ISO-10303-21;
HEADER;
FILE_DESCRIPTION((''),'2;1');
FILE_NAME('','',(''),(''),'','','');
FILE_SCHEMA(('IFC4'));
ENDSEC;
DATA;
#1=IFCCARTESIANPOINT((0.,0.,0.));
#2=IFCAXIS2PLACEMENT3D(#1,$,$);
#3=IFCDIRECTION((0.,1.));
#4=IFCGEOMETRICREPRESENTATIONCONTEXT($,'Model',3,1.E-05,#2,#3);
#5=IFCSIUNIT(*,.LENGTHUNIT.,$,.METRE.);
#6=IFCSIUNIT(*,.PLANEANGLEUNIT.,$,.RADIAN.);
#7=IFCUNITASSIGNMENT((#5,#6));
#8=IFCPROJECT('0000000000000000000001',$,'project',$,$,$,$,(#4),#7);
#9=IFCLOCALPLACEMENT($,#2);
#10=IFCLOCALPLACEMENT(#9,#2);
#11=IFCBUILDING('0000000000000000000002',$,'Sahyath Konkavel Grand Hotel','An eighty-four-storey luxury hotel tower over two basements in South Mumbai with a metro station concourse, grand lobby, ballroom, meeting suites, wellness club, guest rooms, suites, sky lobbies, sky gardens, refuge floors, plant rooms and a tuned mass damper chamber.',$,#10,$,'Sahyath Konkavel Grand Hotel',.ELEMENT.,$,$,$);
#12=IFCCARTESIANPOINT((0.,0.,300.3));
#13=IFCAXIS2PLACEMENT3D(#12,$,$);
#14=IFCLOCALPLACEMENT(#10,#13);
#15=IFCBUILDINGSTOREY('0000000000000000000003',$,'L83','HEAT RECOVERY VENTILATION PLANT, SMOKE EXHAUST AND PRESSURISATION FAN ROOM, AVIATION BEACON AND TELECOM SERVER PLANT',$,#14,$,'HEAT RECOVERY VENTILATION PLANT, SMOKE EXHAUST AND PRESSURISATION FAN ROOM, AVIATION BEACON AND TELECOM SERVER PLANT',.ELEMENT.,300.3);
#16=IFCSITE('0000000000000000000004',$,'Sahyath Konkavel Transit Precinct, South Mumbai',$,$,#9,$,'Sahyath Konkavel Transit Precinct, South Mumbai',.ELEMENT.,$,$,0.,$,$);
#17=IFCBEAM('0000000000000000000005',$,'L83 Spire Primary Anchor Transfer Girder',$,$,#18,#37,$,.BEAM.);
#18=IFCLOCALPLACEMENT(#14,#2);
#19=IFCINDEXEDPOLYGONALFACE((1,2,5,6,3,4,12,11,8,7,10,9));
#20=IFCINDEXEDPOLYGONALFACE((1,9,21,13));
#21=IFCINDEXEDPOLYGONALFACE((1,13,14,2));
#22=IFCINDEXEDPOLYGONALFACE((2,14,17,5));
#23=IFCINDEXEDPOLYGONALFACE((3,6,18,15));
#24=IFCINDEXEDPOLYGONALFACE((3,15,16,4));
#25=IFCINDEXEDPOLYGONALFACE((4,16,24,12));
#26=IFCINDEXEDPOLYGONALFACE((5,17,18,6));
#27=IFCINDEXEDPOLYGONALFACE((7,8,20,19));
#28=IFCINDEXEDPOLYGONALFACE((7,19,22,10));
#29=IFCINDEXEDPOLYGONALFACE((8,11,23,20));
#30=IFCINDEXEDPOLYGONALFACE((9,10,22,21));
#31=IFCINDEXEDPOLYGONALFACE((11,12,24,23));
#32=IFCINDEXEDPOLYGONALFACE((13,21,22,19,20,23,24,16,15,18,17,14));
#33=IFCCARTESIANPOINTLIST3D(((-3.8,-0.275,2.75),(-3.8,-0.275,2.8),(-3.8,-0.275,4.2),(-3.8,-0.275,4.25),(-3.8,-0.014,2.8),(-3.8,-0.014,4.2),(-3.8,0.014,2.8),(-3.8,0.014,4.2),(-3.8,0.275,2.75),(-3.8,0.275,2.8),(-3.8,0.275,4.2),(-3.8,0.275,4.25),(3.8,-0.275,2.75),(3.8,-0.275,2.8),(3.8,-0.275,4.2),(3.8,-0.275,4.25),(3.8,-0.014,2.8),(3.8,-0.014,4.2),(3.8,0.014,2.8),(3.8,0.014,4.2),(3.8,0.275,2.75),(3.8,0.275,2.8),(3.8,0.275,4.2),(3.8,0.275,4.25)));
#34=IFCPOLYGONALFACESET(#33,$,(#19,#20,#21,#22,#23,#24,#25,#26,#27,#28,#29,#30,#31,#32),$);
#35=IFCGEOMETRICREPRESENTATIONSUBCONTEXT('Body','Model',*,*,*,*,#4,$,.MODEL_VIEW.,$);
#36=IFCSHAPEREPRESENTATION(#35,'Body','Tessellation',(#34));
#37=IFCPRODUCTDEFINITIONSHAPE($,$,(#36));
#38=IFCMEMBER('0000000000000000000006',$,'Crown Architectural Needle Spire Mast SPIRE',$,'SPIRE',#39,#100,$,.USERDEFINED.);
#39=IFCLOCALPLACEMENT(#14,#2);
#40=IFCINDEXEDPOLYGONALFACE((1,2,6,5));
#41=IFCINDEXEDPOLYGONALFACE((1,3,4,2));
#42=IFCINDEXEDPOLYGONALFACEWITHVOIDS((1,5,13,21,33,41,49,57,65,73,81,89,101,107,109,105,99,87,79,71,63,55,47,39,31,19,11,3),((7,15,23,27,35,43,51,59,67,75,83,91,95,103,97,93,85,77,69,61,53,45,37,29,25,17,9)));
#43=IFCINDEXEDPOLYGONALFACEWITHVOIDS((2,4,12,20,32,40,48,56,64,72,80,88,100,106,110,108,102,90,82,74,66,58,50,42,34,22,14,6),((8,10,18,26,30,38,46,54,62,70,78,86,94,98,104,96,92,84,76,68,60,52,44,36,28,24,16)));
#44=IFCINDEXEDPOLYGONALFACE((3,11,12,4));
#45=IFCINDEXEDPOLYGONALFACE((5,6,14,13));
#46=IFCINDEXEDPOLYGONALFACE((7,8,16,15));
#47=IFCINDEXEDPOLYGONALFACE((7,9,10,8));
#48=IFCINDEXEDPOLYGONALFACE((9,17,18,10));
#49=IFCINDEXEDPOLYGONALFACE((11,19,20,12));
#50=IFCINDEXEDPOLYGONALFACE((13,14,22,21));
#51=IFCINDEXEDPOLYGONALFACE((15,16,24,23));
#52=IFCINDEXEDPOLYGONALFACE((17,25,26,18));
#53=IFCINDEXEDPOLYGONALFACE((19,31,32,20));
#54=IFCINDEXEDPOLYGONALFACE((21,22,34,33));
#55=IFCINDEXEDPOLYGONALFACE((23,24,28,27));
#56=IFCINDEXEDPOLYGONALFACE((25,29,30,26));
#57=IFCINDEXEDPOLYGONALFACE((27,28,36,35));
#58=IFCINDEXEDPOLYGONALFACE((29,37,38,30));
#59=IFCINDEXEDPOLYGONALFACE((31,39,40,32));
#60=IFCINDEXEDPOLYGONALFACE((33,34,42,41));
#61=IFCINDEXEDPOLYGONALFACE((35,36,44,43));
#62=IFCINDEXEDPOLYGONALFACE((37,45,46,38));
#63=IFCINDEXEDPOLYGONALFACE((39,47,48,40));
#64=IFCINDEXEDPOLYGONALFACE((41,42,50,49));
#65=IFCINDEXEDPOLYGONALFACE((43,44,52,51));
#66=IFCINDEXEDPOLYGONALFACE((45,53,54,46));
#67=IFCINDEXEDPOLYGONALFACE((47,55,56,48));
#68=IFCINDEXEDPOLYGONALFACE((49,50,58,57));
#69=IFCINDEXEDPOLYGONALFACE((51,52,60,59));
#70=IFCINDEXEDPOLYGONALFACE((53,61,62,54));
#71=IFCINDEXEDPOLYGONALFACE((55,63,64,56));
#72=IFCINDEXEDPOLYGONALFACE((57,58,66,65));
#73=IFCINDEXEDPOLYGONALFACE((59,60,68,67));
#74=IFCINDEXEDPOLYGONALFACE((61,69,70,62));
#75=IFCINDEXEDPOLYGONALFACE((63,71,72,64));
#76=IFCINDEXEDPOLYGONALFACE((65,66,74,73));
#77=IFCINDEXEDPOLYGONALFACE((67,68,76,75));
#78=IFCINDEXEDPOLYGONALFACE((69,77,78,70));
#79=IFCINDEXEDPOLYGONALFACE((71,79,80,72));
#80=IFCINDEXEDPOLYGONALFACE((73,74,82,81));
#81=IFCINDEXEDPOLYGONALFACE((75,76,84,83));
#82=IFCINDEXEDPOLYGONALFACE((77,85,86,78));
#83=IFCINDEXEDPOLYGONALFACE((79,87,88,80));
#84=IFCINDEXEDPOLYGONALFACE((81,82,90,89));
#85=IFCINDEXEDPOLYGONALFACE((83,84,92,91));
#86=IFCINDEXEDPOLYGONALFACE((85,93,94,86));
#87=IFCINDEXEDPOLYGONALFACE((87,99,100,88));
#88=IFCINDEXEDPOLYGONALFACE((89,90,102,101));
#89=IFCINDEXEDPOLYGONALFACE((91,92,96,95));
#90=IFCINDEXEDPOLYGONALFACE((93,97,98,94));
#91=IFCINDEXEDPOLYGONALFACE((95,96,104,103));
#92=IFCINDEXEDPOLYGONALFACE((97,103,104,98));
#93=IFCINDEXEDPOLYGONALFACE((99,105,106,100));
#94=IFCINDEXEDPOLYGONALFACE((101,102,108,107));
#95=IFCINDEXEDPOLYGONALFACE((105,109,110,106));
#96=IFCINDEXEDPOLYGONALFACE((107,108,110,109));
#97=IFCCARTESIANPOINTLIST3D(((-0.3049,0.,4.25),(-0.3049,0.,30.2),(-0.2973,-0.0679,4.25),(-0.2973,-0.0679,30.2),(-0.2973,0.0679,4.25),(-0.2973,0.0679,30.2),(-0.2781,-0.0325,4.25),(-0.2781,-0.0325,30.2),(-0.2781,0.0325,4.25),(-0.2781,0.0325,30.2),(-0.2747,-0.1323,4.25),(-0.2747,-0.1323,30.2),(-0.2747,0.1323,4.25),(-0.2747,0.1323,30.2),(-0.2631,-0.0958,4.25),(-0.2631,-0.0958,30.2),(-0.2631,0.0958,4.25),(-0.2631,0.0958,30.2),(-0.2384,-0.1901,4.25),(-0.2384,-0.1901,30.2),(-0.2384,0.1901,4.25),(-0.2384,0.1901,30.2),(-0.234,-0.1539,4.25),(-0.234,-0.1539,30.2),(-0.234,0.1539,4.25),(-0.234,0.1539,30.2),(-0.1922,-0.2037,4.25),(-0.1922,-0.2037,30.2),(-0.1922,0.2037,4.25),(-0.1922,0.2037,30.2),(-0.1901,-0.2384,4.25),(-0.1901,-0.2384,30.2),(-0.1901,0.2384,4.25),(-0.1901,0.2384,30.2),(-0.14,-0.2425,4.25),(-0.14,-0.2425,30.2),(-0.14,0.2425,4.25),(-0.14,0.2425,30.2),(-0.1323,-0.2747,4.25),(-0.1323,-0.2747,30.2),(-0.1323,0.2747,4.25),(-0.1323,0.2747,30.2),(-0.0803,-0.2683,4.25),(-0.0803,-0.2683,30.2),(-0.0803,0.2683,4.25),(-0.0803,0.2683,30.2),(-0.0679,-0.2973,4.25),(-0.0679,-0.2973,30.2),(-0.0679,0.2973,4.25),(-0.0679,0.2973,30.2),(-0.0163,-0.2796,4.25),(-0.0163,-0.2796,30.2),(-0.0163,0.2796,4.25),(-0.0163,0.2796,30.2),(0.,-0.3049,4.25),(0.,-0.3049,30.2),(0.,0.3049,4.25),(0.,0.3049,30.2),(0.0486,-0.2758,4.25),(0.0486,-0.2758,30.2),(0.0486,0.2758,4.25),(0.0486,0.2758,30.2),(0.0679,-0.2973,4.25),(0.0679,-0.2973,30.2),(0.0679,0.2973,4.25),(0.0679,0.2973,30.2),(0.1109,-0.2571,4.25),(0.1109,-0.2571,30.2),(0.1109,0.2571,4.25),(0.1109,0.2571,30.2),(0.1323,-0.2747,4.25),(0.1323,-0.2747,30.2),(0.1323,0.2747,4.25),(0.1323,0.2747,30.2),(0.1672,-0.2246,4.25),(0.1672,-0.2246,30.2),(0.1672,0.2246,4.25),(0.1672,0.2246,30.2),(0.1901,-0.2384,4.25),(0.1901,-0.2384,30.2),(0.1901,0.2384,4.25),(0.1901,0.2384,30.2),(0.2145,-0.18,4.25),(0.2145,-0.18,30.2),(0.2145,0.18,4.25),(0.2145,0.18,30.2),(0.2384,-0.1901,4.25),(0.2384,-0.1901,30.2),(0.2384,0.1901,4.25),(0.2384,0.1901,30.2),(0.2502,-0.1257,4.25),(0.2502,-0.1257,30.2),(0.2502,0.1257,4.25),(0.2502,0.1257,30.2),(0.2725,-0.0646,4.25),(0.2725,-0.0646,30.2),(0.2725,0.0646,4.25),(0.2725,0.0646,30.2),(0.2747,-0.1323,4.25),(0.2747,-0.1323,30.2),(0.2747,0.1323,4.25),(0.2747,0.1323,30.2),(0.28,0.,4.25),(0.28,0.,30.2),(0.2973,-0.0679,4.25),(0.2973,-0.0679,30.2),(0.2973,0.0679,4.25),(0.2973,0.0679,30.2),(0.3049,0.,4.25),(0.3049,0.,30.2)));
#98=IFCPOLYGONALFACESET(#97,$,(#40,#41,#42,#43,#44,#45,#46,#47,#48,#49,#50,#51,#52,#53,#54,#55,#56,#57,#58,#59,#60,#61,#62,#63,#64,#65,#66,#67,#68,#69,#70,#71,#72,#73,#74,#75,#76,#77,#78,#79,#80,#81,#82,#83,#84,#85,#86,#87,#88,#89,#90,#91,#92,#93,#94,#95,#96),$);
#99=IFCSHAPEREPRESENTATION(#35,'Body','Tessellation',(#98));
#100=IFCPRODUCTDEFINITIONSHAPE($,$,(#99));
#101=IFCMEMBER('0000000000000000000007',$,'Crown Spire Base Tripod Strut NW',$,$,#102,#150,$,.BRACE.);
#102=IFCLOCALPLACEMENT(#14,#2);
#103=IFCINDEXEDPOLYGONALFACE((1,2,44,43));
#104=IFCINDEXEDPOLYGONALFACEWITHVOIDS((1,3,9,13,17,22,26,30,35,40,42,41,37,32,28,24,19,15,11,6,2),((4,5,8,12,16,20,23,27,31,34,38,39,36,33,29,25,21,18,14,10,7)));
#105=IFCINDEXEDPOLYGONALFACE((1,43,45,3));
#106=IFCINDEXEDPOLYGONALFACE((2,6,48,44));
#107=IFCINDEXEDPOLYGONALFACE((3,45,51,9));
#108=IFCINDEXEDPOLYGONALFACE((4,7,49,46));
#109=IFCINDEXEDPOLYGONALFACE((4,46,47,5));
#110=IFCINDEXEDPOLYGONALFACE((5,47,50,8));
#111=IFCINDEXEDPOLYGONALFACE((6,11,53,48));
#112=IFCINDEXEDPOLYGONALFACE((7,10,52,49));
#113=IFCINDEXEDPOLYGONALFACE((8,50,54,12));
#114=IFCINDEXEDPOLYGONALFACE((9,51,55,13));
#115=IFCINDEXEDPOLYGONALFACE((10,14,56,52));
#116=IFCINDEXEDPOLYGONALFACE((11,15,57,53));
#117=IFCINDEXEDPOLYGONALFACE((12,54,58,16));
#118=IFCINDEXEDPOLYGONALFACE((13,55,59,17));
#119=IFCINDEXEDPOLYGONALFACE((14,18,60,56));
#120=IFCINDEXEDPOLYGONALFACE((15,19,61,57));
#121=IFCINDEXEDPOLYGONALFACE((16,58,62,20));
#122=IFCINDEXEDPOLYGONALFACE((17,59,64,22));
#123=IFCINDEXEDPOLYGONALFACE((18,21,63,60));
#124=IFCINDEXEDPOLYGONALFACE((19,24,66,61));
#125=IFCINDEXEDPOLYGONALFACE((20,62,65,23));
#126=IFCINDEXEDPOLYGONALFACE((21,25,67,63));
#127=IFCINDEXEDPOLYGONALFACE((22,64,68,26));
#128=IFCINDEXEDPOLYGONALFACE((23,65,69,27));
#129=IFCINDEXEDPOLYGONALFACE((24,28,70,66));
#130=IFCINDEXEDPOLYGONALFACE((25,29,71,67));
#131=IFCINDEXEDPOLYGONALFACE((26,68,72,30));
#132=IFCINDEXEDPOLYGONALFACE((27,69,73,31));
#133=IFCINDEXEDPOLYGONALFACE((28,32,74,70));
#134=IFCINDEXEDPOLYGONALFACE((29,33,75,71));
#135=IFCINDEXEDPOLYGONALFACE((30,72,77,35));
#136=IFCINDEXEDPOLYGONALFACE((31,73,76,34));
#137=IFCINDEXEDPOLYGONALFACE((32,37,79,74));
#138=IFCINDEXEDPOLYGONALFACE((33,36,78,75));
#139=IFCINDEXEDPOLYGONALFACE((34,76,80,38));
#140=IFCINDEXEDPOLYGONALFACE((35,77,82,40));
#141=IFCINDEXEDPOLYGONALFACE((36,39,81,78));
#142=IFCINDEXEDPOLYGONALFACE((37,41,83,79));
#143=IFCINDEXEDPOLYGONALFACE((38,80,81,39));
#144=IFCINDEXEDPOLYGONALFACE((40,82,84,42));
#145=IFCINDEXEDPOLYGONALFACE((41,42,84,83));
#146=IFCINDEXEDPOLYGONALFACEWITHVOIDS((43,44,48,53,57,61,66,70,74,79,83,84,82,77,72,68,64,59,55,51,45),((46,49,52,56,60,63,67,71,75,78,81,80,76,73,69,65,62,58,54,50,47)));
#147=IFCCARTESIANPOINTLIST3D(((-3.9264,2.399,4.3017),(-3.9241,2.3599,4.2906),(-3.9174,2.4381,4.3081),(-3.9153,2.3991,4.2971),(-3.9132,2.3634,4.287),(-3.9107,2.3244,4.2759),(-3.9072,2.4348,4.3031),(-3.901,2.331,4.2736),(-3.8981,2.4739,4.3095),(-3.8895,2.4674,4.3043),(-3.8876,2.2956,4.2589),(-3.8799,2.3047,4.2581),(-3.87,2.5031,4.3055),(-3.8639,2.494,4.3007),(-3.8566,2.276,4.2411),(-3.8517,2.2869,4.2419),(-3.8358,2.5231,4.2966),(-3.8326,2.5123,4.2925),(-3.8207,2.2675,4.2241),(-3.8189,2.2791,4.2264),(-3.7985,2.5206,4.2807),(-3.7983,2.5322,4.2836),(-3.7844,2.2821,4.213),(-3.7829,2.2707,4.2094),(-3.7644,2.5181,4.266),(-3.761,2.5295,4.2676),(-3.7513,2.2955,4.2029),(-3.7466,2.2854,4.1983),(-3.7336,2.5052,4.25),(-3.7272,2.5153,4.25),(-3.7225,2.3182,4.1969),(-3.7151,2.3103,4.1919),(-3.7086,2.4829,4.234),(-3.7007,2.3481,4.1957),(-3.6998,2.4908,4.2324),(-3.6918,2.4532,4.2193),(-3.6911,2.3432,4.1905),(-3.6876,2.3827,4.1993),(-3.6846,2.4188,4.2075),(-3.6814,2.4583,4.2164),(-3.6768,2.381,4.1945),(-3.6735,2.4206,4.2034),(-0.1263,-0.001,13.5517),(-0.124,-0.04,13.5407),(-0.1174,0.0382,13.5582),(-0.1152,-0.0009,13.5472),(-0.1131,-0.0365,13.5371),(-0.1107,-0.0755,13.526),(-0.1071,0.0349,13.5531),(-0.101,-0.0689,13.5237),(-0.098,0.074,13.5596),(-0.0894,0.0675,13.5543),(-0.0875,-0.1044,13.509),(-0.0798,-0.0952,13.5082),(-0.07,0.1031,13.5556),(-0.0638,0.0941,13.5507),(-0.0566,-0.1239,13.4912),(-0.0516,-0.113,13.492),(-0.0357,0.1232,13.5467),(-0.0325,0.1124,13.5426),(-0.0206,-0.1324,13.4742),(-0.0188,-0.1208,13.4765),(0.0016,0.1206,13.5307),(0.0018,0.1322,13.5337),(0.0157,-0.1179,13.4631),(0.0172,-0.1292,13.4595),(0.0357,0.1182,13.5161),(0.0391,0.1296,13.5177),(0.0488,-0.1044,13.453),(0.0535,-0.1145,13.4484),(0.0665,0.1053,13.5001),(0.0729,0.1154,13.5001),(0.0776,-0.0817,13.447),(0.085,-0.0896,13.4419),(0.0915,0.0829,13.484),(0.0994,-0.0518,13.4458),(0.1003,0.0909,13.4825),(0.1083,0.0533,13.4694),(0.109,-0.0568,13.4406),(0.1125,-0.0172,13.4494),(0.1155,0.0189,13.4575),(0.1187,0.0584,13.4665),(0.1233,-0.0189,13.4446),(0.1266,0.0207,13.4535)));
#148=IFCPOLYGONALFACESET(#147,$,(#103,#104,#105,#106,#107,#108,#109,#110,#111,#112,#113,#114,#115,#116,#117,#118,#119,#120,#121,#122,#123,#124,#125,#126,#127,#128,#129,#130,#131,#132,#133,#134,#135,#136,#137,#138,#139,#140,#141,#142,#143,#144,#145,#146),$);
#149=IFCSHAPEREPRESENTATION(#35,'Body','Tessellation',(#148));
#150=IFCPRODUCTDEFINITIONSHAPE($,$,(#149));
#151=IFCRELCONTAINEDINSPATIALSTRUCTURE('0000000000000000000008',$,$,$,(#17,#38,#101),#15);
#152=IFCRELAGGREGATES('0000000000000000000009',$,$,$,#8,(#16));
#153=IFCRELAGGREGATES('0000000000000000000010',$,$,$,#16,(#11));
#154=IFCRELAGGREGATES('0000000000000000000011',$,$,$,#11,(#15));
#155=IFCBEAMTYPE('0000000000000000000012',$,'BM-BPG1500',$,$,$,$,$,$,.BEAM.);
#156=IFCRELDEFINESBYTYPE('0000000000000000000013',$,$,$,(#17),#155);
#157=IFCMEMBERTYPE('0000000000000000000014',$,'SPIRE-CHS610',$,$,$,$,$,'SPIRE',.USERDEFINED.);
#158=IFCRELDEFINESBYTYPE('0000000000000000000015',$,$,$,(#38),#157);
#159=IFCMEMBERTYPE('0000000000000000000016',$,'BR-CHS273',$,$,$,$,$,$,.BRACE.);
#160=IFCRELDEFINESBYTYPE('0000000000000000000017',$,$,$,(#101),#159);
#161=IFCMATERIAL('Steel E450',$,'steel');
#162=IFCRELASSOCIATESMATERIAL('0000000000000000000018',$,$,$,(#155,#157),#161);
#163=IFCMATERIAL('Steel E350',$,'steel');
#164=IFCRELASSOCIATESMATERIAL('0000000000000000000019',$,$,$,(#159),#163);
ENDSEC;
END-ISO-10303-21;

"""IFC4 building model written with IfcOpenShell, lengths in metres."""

from ifc_helpers import new_model, si_unit, direction, frame, origin, origin_2d, place, context, subcontext, project, spatial, hollow_circle, i_section, extrude, source, transform, mapped, material, material_profile, profile_set, type_object, element, save


model = new_model("IFC4")

# Units and contexts
model_context = context("Model", 3, precision=1e-05, world=origin(), true_north=direction((0.0, 1.0)))
body_context = subcontext(model_context, "Body", "Model", "MODEL_VIEW")
ifc_project = project(units=[si_unit("LENGTHUNIT", "METRE"), si_unit("PLANEANGLEUNIT", "RADIAN")], contexts=[model_context])

# Site, building, storey
site_placement = place(None, origin())
site = spatial("IfcSite", under=ifc_project, at=site_placement, Name="Sahyath Konkavel Transit Precinct, South Mumbai", LongName="Sahyath Konkavel Transit Precinct, South Mumbai", CompositionType="ELEMENT", RefElevation=0.0)
building_placement = place(site_placement, origin())
building = spatial("IfcBuilding", under=site, at=building_placement, Name="Sahyath Konkavel Grand Hotel", Description="An eighty-four-storey luxury hotel tower over two basements in South Mumbai with a metro station concourse, grand lobby, ballroom, meeting suites, wellness club, guest rooms, suites, sky lobbies, sky gardens, refuge floors, plant rooms and a tuned mass damper chamber.", LongName="Sahyath Konkavel Grand Hotel", CompositionType="ELEMENT")
storey_placement = place(building_placement, frame((0.0, 0.0, 300.3)))
storey = spatial("IfcBuildingStorey", under=building, at=storey_placement, Name="L83", Description="HEAT RECOVERY VENTILATION PLANT, SMOKE EXHAUST AND PRESSURISATION FAN ROOM, AVIATION BEACON AND TELECOM SERVER PLANT", LongName="HEAT RECOVERY VENTILATION PLANT, SMOKE EXHAUST AND PRESSURISATION FAN ROOM, AVIATION BEACON AND TELECOM SERVER PLANT", CompositionType="ELEMENT", Elevation=300.3)

# Beam
ifc_material_1 = material(Name="Steel E350", Category="steel")
ifc_material_2 = material(Name="Steel E450", Category="steel")
ifc_material_profile_1 = material_profile(ifc_material_2, i_section(OverallWidth=0.55, OverallDepth=1.5, WebThickness=0.0281, FlangeThickness=0.05, at=origin_2d()), Name="BPG 1500x550")
ifc_profile_set_1 = profile_set([ifc_material_profile_1], Name="Steel E450")
beam_type_1 = type_object("IfcBeamType", Name="BM-BPG1500", PredefinedType="BEAM", material=ifc_profile_set_1)
shared_shape_1 = source(origin(), body_context, "Body", "SweptSolid", [
    extrude(i_section(OverallWidth=0.55, OverallDepth=1.5, WebThickness=0.0281, FlangeThickness=0.05, at=origin_2d()), origin(), (0.0, 0.0, 1.0), 7.6001),
])
beam_1_placement = place(storey_placement, frame((-3.8, 0.0, 3.5), z_axis=(1.0, 0.0, 0.0), x_axis=(0.0, 1.0, 0.0)))
element("IfcBeam", 1, at=beam_1_placement, inside=storey, type_object=beam_type_1, Name="L83 Spire Primary Anchor Transfer Girder", PredefinedType="BEAM", context=body_context, shape_type="MappedRepresentation", body=[
    mapped(shared_shape_1, transform((0.0, 0.0, 0.0), scale=1.0)),
])

# Members
ifc_material_profile_2 = material_profile(ifc_material_2, hollow_circle(Radius=0.3049, WallThickness=0.0249, at=origin_2d()), Name="CHS 610.0x25")
ifc_profile_set_2 = profile_set([ifc_material_profile_2], Name="Steel E450")
member_type_1 = type_object("IfcMemberType", Name="SPIRE-CHS610", ElementType="SPIRE", PredefinedType="USERDEFINED", material=ifc_profile_set_2)
shared_shape_2 = source(origin(), body_context, "Body", "SweptSolid", [
    extrude(hollow_circle(Radius=0.3049, WallThickness=0.0249, at=origin_2d()), origin(), (0.0, 0.0, 1.0), 25.95),
])
member_1_placement = place(storey_placement, frame((0.0, 0.0, 4.25), z_axis=(0.0, 0.0, 1.0), x_axis=(1.0, 0.0, 0.0)))
element("IfcMember", 2, at=member_1_placement, inside=storey, type_object=member_type_1, Name="Crown Architectural Needle Spire Mast SPIRE", ObjectType="SPIRE", PredefinedType="USERDEFINED", context=body_context, shape_type="MappedRepresentation", body=[
    mapped(shared_shape_2, transform((0.0, 0.0, 0.0), scale=1.0)),
])
ifc_material_profile_3 = material_profile(ifc_material_1, hollow_circle(Radius=0.1365, WallThickness=0.012, at=origin_2d()), Name="CHS 273.0x12")
ifc_profile_set_3 = profile_set([ifc_material_profile_3], Name="Steel E350")
member_type_2 = type_object("IfcMemberType", Name="BR-CHS273", PredefinedType="BRACE", material=ifc_profile_set_3)
shared_shape_3 = source(origin(), body_context, "Body", "SweptSolid", [
    extrude(hollow_circle(Radius=0.1365, WallThickness=0.012, at=origin_2d()), origin(), (0.0, 0.0, 1.0), 10.2842),
])
member_2_placement = place(storey_placement, frame((-3.8, 2.3999, 4.25), z_axis=(0.369508, -0.233361, 0.899448), x_axis=(0.533973, 0.845502, 0.0)))
element("IfcMember", 3, at=member_2_placement, inside=storey, type_object=member_type_2, Name="Crown Spire Base Tripod Strut NW", PredefinedType="BRACE", context=body_context, shape_type="MappedRepresentation", body=[
    mapped(shared_shape_3, transform((0.0, 0.0, 0.0), scale=1.0)),
])

save(model, "model.ifc")
